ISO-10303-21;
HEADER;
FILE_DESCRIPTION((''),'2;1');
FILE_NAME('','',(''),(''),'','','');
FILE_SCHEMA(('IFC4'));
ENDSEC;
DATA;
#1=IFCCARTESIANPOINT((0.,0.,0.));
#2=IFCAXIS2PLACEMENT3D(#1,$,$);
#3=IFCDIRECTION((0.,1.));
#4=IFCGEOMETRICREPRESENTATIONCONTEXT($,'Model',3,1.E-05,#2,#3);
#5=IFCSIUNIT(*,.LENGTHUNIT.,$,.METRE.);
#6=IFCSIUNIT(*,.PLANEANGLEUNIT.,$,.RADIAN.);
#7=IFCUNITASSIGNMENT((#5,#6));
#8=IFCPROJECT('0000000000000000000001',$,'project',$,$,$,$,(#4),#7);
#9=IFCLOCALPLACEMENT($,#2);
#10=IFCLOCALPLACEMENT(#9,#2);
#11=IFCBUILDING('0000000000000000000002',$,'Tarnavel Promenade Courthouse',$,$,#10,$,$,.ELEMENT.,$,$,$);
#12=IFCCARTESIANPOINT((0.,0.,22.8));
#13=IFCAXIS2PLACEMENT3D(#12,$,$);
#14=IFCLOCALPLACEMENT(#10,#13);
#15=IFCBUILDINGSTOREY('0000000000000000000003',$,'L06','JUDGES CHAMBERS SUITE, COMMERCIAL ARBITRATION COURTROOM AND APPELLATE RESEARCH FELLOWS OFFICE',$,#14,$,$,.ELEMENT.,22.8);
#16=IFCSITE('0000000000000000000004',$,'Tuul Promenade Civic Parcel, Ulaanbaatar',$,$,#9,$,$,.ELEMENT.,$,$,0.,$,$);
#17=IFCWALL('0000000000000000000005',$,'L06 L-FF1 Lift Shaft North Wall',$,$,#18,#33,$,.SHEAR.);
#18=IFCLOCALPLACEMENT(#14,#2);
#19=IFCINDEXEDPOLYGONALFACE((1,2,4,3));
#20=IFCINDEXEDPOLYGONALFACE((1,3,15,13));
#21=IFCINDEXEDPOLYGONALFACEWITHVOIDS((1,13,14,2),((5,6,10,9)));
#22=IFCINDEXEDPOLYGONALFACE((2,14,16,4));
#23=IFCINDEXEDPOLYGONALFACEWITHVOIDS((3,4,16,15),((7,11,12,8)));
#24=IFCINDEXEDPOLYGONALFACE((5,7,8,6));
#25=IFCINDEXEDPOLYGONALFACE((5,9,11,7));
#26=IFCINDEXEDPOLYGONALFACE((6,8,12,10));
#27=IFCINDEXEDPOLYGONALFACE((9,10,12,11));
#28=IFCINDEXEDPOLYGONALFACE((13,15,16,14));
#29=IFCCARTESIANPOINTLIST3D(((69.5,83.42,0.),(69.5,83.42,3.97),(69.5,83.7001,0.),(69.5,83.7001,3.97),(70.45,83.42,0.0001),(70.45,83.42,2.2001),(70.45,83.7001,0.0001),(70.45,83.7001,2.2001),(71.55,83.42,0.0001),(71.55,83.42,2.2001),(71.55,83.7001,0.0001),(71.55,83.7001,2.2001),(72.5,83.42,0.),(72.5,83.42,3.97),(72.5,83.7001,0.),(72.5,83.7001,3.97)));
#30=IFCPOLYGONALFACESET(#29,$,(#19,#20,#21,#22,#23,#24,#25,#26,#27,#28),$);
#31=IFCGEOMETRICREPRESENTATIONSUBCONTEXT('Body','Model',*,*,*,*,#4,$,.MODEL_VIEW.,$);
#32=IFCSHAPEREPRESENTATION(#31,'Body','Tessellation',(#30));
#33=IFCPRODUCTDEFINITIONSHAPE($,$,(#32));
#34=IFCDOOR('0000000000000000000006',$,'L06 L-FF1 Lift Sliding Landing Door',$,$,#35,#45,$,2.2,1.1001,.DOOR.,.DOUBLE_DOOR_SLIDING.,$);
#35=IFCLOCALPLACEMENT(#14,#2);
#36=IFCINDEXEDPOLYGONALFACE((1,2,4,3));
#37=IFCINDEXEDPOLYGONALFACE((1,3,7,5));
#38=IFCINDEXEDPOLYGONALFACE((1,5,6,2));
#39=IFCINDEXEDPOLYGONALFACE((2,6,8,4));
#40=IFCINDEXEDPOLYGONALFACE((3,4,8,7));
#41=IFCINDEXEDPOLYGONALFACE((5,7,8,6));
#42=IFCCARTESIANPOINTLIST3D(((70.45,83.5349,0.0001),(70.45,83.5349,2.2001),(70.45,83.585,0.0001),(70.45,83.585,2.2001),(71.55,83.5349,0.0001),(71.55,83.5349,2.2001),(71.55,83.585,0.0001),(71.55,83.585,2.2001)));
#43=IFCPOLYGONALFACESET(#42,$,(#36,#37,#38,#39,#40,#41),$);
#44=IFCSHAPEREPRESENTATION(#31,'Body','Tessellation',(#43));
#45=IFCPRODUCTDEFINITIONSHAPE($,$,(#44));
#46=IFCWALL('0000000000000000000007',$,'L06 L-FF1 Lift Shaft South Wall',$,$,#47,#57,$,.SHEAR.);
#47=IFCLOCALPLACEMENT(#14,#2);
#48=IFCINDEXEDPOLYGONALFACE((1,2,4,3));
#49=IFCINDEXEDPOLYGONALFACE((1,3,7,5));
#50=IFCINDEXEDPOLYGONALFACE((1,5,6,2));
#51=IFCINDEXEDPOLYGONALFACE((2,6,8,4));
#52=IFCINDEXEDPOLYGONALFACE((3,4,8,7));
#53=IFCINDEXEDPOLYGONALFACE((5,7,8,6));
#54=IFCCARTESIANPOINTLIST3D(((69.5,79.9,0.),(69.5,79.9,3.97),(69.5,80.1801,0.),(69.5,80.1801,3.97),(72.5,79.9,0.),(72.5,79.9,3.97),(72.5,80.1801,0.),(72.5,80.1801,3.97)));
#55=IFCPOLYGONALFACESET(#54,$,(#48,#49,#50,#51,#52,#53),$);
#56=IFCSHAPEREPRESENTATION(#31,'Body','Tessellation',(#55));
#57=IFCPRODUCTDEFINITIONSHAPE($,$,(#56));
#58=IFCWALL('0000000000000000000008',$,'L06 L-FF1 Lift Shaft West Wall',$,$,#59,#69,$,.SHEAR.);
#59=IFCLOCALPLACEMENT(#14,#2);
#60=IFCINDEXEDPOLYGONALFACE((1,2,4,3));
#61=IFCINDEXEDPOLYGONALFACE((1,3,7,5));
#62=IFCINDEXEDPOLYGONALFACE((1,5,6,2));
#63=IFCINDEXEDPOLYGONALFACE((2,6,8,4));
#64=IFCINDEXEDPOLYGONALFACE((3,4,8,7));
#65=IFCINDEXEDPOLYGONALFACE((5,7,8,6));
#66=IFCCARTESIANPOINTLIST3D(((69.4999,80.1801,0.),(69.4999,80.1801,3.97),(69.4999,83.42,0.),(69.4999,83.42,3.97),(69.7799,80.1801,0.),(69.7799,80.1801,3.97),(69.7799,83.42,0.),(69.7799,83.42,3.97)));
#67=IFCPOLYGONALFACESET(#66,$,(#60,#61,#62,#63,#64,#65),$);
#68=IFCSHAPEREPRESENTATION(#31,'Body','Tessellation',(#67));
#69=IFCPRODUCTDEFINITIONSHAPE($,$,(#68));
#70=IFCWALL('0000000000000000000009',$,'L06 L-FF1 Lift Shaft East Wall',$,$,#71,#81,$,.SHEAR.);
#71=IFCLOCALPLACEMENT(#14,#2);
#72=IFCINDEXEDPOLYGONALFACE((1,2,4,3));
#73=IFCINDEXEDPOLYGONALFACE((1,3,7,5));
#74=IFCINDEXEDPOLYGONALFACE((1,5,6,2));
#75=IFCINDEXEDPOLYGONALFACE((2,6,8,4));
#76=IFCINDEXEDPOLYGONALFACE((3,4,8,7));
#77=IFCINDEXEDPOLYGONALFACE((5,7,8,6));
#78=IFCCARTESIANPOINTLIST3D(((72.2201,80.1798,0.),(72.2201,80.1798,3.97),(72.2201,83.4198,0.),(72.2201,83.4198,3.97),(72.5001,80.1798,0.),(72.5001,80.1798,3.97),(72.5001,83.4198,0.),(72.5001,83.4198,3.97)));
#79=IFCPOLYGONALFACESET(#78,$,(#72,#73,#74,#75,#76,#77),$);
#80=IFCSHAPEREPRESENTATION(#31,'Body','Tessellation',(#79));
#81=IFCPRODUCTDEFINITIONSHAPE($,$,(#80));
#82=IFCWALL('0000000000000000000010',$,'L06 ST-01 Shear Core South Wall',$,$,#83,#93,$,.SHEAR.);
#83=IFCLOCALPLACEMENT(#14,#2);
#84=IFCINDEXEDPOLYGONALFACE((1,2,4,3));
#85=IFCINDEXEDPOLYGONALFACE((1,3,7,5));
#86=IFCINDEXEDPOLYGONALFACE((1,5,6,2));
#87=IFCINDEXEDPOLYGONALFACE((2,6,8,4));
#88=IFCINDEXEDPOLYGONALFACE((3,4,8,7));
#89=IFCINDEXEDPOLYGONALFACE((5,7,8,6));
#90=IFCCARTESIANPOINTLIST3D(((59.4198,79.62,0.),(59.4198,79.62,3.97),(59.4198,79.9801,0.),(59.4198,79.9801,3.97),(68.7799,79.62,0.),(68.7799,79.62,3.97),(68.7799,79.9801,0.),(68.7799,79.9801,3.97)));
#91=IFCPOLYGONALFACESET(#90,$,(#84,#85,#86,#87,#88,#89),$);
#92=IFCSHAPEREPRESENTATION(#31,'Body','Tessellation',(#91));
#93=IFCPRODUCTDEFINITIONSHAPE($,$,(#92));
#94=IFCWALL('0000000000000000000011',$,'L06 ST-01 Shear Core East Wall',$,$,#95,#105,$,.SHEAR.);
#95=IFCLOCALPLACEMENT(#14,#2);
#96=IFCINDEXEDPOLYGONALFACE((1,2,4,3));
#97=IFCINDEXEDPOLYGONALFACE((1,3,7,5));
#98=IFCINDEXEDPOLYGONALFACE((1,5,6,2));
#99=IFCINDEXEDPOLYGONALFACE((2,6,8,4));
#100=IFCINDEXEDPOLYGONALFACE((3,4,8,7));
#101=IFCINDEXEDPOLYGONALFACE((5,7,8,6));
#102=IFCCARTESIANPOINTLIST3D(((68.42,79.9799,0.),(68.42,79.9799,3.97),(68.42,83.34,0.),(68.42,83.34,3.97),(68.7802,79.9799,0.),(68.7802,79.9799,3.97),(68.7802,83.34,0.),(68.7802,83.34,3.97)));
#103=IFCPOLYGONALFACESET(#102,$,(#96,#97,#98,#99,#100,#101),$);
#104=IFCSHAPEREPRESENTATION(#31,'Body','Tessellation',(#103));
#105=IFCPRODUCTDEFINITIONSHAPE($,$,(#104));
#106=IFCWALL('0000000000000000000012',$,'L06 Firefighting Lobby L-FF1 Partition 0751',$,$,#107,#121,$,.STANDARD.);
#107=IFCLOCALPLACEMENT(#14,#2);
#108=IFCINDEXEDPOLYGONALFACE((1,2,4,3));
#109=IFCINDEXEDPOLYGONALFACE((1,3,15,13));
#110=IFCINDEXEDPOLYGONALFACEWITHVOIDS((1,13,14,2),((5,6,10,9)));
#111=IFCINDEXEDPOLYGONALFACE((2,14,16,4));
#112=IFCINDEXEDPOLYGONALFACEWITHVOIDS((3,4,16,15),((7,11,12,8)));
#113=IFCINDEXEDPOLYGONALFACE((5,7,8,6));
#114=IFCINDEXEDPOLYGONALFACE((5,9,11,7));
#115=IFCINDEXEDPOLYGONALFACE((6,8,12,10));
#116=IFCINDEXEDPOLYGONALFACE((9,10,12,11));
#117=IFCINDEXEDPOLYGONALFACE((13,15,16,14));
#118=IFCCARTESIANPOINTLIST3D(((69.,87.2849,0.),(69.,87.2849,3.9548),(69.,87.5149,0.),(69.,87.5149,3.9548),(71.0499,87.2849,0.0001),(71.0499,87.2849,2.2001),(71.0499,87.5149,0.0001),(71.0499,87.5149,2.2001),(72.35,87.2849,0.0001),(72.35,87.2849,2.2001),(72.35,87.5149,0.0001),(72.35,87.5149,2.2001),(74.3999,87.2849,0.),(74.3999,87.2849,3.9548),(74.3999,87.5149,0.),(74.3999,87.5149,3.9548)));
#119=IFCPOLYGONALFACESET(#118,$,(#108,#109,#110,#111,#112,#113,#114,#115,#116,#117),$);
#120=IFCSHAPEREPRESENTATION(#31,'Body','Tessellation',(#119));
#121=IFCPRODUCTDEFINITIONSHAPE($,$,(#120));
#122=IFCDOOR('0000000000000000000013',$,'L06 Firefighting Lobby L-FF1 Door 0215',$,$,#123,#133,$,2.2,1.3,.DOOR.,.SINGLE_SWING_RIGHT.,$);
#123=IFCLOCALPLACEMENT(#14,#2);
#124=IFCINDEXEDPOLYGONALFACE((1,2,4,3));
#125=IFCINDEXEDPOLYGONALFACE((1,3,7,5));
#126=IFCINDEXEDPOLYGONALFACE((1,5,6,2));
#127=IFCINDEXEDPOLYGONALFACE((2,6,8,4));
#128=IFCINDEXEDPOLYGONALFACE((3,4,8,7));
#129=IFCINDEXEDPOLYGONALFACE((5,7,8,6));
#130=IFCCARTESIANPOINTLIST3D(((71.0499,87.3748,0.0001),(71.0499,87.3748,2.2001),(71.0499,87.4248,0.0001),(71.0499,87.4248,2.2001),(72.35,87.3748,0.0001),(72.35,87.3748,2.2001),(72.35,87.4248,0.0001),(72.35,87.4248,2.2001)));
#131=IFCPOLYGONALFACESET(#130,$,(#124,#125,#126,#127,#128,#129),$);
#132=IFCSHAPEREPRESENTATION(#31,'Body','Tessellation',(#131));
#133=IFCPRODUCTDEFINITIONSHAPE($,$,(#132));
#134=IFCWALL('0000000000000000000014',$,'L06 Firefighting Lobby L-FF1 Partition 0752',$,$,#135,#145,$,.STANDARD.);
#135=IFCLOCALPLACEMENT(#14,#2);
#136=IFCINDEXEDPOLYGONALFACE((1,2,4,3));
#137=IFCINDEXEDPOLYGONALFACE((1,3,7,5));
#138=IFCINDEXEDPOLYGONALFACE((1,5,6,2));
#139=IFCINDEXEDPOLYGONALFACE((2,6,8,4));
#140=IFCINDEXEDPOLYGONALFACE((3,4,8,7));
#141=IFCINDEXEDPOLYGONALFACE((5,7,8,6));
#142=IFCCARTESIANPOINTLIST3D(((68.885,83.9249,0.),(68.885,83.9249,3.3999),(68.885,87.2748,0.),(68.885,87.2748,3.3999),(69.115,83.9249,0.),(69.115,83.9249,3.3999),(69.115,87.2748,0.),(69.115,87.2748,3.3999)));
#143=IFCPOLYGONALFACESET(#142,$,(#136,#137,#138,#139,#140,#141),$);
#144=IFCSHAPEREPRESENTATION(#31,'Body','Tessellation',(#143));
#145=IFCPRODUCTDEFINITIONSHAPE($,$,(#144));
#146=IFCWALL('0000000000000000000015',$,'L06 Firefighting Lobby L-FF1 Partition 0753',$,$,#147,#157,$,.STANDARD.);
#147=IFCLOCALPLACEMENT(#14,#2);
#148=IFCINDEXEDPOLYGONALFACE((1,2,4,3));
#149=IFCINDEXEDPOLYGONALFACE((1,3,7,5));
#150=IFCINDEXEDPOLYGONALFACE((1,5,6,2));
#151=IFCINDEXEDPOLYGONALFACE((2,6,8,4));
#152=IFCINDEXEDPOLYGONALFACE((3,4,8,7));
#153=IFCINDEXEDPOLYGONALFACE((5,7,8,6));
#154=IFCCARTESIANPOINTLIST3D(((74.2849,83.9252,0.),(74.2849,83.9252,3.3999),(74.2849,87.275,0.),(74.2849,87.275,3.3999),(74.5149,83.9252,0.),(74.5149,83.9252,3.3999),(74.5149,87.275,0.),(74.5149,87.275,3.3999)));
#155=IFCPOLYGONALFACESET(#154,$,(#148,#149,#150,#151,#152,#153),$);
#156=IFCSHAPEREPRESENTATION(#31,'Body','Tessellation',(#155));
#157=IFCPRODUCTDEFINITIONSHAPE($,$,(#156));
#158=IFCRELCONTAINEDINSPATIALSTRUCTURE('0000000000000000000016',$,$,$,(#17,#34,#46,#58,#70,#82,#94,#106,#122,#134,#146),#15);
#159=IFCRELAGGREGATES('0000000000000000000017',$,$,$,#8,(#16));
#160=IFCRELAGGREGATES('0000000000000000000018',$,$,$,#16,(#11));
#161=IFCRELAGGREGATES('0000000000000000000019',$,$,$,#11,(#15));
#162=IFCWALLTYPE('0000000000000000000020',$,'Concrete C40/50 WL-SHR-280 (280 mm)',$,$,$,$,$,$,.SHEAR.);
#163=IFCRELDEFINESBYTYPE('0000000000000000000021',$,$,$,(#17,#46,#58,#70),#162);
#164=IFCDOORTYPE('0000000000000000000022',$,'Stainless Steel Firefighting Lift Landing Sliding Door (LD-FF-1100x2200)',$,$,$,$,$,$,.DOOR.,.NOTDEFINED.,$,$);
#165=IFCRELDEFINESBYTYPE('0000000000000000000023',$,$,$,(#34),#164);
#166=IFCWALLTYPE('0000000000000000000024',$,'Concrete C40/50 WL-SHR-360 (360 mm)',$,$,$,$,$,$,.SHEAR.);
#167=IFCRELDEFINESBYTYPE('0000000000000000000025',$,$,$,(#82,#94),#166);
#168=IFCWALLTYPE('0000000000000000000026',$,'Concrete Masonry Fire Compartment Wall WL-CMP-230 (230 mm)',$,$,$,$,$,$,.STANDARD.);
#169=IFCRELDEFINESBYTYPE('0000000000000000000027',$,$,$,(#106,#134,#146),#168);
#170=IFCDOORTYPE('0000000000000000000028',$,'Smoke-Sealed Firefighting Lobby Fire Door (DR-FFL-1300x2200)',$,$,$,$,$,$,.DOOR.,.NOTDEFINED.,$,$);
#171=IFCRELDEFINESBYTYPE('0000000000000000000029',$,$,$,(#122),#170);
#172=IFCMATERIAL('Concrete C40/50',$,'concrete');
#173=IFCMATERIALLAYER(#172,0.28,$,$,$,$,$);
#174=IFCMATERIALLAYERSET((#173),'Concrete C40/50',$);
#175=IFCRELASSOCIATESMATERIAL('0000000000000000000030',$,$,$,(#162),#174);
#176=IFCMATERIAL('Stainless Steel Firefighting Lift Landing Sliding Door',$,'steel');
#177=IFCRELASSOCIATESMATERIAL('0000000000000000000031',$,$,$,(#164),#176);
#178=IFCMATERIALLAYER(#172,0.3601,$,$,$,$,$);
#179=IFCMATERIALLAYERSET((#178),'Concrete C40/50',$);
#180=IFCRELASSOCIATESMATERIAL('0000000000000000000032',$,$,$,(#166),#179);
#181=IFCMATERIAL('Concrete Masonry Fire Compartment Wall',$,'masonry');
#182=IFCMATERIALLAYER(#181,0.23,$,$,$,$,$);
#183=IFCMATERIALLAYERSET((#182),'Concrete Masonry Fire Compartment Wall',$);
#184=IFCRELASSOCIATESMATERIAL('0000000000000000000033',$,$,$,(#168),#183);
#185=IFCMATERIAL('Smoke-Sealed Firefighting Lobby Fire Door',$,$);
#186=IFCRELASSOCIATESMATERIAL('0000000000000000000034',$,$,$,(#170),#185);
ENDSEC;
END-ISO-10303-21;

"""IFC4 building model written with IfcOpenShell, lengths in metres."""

from ifc_helpers import new_model, si_unit, direction, frame, frame_2d, origin, place, context, subcontext, project, spatial, rectangle, extrude, material, layer, layer_set, type_object, element, fill, save


model = new_model("IFC4")

# Units and contexts
model_context = context("Model", 3, precision=1e-05, world=origin(), true_north=direction((0.0, 1.0)))
body_context = subcontext(model_context, "Body", "Model", "MODEL_VIEW")
ifc_project = project(units=[si_unit("LENGTHUNIT", "METRE"), si_unit("PLANEANGLEUNIT", "RADIAN")], contexts=[model_context])

# Site, building, storey
site_placement = place(None, origin())
site = spatial("IfcSite", under=ifc_project, at=site_placement, Name="Tuul Promenade Civic Parcel, Ulaanbaatar", CompositionType="ELEMENT", RefElevation=0.0)
building_placement = place(site_placement, origin())
building = spatial("IfcBuilding", under=site, at=building_placement, Name="Tarnavel Promenade Courthouse", CompositionType="ELEMENT")
storey_placement = place(building_placement, frame((0.0, 0.0, 22.8)))
storey = spatial("IfcBuildingStorey", under=building, at=storey_placement, Name="L06", Description="JUDGES CHAMBERS SUITE, COMMERCIAL ARBITRATION COURTROOM AND APPELLATE RESEARCH FELLOWS OFFICE", CompositionType="ELEMENT", Elevation=22.8)

# Shared definitions
ifc_material_1 = material(Name="Concrete C40/50", Category="concrete")

# Wall, opening, door
ifc_layer_1 = layer(ifc_material_1, 0.28)
ifc_layer_set_1 = layer_set([ifc_layer_1], Name="Concrete C40/50")
wall_type_1 = type_object("IfcWallType", Name="Concrete C40/50 WL-SHR-280 (280 mm)", PredefinedType="SHEAR", material=ifc_layer_set_1)
wall_1_placement = place(storey_placement, frame((69.5, 83.5601, 0.0), z_axis=(0.0, 0.0, 1.0), x_axis=(1.0, 0.0, 0.0)))
wall_1 = element("IfcWall", 1, at=wall_1_placement, inside=storey, type_object=wall_type_1, Name="L06 L-FF1 Lift Shaft North Wall", PredefinedType="SHEAR", context=body_context, shape_type="SweptSolid", body=[
    extrude(rectangle(XDim=3.0, YDim=0.28, at=frame_2d((1.5, 0.0))), origin(), (0.0, 0.0, 1.0), 3.97),
])
opening_1_placement = place(wall_1_placement, frame((0.95, 0.0, 0.0)))
opening_1 = element("IfcOpeningElement", 2, at=opening_1_placement, cuts=wall_1, PredefinedType="OPENING", context=body_context, shape_type="SweptSolid", body=[
    extrude(rectangle(XDim=1.1001, YDim=2.2, at=frame_2d((0.55, 1.1001))), frame((0.0, 0.1499, 0.0), z_axis=(0.0, -1.0, 0.0), x_axis=(1.0, 0.0, 0.0)), (0.0, 0.0, 1.0), 0.3),
])
ifc_material_2 = material(Name="Stainless Steel Firefighting Lift Landing Sliding Door", Category="steel")
door_type_1 = type_object("IfcDoorType", Name="Stainless Steel Firefighting Lift Landing Sliding Door (LD-FF-1100x2200)", OperationType="NOTDEFINED", PredefinedType="DOOR", material=ifc_material_2)
door_1_placement = place(opening_1_placement, origin())
door_1 = element("IfcDoor", 3, at=door_1_placement, inside=storey, type_object=door_type_1, Name="L06 L-FF1 Lift Sliding Landing Door", OperationType="DOUBLE_DOOR_SLIDING", OverallHeight=2.2, OverallWidth=1.1001, PredefinedType="DOOR", context=body_context, shape_type="SweptSolid", body=[
    extrude(rectangle(XDim=1.1001, YDim=2.2, at=frame_2d((0.55, 1.1001))), frame((0.0, 0.0249, 0.0), z_axis=(0.0, -1.0, 0.0), x_axis=(1.0, 0.0, 0.0)), (0.0, 0.0, 1.0), 0.05),
])
fill(opening_1, door_1)

# Walls
wall_2_placement = place(storey_placement, frame((72.5, 80.04, 0.0), z_axis=(0.0, 0.0, 1.0), x_axis=(-1.0, 0.0, 0.0)))
element("IfcWall", 4, at=wall_2_placement, inside=storey, type_object=wall_type_1, Name="L06 L-FF1 Lift Shaft South Wall", PredefinedType="SHEAR", context=body_context, shape_type="SweptSolid", body=[
    extrude(rectangle(XDim=3.0, YDim=0.28, at=frame_2d((1.5, 0.0))), origin(), (0.0, 0.0, 1.0), 3.97),
])
for number, where, z_axis, x_axis, name in (
    (5, (69.6399, 80.1799, 0.0), (0.0, 0.0, 1.0), (0.0, 1.0, 0.0), "L06 L-FF1 Lift Shaft West Wall"),
    (6, (72.3601, 83.4199, 0.0), (0.0, 0.0, 1.0), (0.0, -1.0, 0.0), "L06 L-FF1 Lift Shaft East Wall"),
):
    element("IfcWall", number, at=place(storey_placement, frame(where, z_axis=z_axis, x_axis=x_axis)), inside=storey, type_object=wall_type_1, Name=name, PredefinedType="SHEAR", context=body_context, shape_type="SweptSolid", body=[
        extrude(rectangle(XDim=3.24, YDim=0.28, at=frame_2d((1.6201, 0.0))), origin(), (0.0, 0.0, 1.0), 3.97),
    ])
ifc_layer_2 = layer(ifc_material_1, 0.3601)
ifc_layer_set_2 = layer_set([ifc_layer_2], Name="Concrete C40/50")
wall_type_2 = type_object("IfcWallType", Name="Concrete C40/50 WL-SHR-360 (360 mm)", PredefinedType="SHEAR", material=ifc_layer_set_2)
wall_3_placement = place(storey_placement, frame((68.78, 79.8, 0.0), z_axis=(0.0, 0.0, 1.0), x_axis=(-1.0, 0.0, 0.0)))
element("IfcWall", 7, at=wall_3_placement, inside=storey, type_object=wall_type_2, Name="L06 ST-01 Shear Core South Wall", PredefinedType="SHEAR", context=body_context, shape_type="SweptSolid", body=[
    extrude(rectangle(XDim=9.3601, YDim=0.3601, at=frame_2d((4.6802, 0.0))), origin(), (0.0, 0.0, 1.0), 3.97),
])
wall_4_placement = place(storey_placement, frame((68.6001, 83.3401, 0.0), z_axis=(0.0, 0.0, 1.0), x_axis=(0.0, -1.0, 0.0)))
element("IfcWall", 8, at=wall_4_placement, inside=storey, type_object=wall_type_2, Name="L06 ST-01 Shear Core East Wall", PredefinedType="SHEAR", context=body_context, shape_type="SweptSolid", body=[
    extrude(rectangle(XDim=3.3601, YDim=0.3601, at=frame_2d((1.6802, 0.0))), origin(), (0.0, 0.0, 1.0), 3.97),
])

# Wall, opening, door
ifc_material_3 = material(Name="Concrete Masonry Fire Compartment Wall", Category="masonry")
ifc_layer_3 = layer(ifc_material_3, 0.23)
ifc_layer_set_3 = layer_set([ifc_layer_3], Name="Concrete Masonry Fire Compartment Wall")
wall_type_3 = type_object("IfcWallType", Name="Concrete Masonry Fire Compartment Wall WL-CMP-230 (230 mm)", PredefinedType="STANDARD", material=ifc_layer_set_3)
wall_5_placement = place(storey_placement, frame((69.0, 87.3999, 0.0), z_axis=(0.0, 0.0, 1.0), x_axis=(1.0, 0.0, 0.0)))
wall_5 = element("IfcWall", 9, at=wall_5_placement, inside=storey, type_object=wall_type_3, Name="L06 Firefighting Lobby L-FF1 Partition 0751", PredefinedType="STANDARD", context=body_context, shape_type="SweptSolid", body=[
    extrude(rectangle(XDim=5.3999, YDim=0.23, at=frame_2d((2.7, 0.0))), origin(), (0.0, 0.0, 1.0), 3.9548),
])
opening_2_placement = place(wall_5_placement, frame((2.05, 0.0, 0.0)))
opening_2 = element("IfcOpeningElement", 10, at=opening_2_placement, cuts=wall_5, PredefinedType="OPENING", context=body_context, shape_type="SweptSolid", body=[
    extrude(rectangle(XDim=1.3, YDim=2.2, at=frame_2d((0.6499, 1.1001))), frame((0.0, 0.125, 0.0), z_axis=(0.0, -1.0, 0.0), x_axis=(1.0, 0.0, 0.0)), (0.0, 0.0, 1.0), 0.25),
])
ifc_material_4 = material(Name="Smoke-Sealed Firefighting Lobby Fire Door")
door_type_2 = type_object("IfcDoorType", Name="Smoke-Sealed Firefighting Lobby Fire Door (DR-FFL-1300x2200)", OperationType="NOTDEFINED", PredefinedType="DOOR", material=ifc_material_4)
door_2_placement = place(opening_2_placement, origin())
door_2 = element("IfcDoor", 11, at=door_2_placement, inside=storey, type_object=door_type_2, Name="L06 Firefighting Lobby L-FF1 Door 0215", OperationType="SINGLE_SWING_RIGHT", OverallHeight=2.2, OverallWidth=1.3, PredefinedType="DOOR", context=body_context, shape_type="SweptSolid", body=[
    extrude(rectangle(XDim=1.3, YDim=2.2, at=frame_2d((0.6499, 1.1001))), frame((0.0, 0.0249, 0.0), z_axis=(0.0, -1.0, 0.0), x_axis=(1.0, 0.0, 0.0)), (0.0, 0.0, 1.0), 0.05),
])
fill(opening_2, door_2)

# Walls
for number, where, z_axis, x_axis, name in (
    (12, (69.0, 83.925, 0.0), (0.0, 0.0, 1.0), (0.0, 1.0, 0.0), "L06 Firefighting Lobby L-FF1 Partition 0752"),
    (13, (74.3999, 87.2749, 0.0), (0.0, 0.0, 1.0), (0.0, -1.0, 0.0), "L06 Firefighting Lobby L-FF1 Partition 0753"),
):
    element("IfcWall", number, at=place(storey_placement, frame(where, z_axis=z_axis, x_axis=x_axis)), inside=storey, type_object=wall_type_3, Name=name, PredefinedType="STANDARD", context=body_context, shape_type="SweptSolid", body=[
        extrude(rectangle(XDim=3.3499, YDim=0.23, at=frame_2d((1.6748, 0.0))), origin(), (0.0, 0.0, 1.0), 3.3999),
    ])

save(model, "model.ifc")
